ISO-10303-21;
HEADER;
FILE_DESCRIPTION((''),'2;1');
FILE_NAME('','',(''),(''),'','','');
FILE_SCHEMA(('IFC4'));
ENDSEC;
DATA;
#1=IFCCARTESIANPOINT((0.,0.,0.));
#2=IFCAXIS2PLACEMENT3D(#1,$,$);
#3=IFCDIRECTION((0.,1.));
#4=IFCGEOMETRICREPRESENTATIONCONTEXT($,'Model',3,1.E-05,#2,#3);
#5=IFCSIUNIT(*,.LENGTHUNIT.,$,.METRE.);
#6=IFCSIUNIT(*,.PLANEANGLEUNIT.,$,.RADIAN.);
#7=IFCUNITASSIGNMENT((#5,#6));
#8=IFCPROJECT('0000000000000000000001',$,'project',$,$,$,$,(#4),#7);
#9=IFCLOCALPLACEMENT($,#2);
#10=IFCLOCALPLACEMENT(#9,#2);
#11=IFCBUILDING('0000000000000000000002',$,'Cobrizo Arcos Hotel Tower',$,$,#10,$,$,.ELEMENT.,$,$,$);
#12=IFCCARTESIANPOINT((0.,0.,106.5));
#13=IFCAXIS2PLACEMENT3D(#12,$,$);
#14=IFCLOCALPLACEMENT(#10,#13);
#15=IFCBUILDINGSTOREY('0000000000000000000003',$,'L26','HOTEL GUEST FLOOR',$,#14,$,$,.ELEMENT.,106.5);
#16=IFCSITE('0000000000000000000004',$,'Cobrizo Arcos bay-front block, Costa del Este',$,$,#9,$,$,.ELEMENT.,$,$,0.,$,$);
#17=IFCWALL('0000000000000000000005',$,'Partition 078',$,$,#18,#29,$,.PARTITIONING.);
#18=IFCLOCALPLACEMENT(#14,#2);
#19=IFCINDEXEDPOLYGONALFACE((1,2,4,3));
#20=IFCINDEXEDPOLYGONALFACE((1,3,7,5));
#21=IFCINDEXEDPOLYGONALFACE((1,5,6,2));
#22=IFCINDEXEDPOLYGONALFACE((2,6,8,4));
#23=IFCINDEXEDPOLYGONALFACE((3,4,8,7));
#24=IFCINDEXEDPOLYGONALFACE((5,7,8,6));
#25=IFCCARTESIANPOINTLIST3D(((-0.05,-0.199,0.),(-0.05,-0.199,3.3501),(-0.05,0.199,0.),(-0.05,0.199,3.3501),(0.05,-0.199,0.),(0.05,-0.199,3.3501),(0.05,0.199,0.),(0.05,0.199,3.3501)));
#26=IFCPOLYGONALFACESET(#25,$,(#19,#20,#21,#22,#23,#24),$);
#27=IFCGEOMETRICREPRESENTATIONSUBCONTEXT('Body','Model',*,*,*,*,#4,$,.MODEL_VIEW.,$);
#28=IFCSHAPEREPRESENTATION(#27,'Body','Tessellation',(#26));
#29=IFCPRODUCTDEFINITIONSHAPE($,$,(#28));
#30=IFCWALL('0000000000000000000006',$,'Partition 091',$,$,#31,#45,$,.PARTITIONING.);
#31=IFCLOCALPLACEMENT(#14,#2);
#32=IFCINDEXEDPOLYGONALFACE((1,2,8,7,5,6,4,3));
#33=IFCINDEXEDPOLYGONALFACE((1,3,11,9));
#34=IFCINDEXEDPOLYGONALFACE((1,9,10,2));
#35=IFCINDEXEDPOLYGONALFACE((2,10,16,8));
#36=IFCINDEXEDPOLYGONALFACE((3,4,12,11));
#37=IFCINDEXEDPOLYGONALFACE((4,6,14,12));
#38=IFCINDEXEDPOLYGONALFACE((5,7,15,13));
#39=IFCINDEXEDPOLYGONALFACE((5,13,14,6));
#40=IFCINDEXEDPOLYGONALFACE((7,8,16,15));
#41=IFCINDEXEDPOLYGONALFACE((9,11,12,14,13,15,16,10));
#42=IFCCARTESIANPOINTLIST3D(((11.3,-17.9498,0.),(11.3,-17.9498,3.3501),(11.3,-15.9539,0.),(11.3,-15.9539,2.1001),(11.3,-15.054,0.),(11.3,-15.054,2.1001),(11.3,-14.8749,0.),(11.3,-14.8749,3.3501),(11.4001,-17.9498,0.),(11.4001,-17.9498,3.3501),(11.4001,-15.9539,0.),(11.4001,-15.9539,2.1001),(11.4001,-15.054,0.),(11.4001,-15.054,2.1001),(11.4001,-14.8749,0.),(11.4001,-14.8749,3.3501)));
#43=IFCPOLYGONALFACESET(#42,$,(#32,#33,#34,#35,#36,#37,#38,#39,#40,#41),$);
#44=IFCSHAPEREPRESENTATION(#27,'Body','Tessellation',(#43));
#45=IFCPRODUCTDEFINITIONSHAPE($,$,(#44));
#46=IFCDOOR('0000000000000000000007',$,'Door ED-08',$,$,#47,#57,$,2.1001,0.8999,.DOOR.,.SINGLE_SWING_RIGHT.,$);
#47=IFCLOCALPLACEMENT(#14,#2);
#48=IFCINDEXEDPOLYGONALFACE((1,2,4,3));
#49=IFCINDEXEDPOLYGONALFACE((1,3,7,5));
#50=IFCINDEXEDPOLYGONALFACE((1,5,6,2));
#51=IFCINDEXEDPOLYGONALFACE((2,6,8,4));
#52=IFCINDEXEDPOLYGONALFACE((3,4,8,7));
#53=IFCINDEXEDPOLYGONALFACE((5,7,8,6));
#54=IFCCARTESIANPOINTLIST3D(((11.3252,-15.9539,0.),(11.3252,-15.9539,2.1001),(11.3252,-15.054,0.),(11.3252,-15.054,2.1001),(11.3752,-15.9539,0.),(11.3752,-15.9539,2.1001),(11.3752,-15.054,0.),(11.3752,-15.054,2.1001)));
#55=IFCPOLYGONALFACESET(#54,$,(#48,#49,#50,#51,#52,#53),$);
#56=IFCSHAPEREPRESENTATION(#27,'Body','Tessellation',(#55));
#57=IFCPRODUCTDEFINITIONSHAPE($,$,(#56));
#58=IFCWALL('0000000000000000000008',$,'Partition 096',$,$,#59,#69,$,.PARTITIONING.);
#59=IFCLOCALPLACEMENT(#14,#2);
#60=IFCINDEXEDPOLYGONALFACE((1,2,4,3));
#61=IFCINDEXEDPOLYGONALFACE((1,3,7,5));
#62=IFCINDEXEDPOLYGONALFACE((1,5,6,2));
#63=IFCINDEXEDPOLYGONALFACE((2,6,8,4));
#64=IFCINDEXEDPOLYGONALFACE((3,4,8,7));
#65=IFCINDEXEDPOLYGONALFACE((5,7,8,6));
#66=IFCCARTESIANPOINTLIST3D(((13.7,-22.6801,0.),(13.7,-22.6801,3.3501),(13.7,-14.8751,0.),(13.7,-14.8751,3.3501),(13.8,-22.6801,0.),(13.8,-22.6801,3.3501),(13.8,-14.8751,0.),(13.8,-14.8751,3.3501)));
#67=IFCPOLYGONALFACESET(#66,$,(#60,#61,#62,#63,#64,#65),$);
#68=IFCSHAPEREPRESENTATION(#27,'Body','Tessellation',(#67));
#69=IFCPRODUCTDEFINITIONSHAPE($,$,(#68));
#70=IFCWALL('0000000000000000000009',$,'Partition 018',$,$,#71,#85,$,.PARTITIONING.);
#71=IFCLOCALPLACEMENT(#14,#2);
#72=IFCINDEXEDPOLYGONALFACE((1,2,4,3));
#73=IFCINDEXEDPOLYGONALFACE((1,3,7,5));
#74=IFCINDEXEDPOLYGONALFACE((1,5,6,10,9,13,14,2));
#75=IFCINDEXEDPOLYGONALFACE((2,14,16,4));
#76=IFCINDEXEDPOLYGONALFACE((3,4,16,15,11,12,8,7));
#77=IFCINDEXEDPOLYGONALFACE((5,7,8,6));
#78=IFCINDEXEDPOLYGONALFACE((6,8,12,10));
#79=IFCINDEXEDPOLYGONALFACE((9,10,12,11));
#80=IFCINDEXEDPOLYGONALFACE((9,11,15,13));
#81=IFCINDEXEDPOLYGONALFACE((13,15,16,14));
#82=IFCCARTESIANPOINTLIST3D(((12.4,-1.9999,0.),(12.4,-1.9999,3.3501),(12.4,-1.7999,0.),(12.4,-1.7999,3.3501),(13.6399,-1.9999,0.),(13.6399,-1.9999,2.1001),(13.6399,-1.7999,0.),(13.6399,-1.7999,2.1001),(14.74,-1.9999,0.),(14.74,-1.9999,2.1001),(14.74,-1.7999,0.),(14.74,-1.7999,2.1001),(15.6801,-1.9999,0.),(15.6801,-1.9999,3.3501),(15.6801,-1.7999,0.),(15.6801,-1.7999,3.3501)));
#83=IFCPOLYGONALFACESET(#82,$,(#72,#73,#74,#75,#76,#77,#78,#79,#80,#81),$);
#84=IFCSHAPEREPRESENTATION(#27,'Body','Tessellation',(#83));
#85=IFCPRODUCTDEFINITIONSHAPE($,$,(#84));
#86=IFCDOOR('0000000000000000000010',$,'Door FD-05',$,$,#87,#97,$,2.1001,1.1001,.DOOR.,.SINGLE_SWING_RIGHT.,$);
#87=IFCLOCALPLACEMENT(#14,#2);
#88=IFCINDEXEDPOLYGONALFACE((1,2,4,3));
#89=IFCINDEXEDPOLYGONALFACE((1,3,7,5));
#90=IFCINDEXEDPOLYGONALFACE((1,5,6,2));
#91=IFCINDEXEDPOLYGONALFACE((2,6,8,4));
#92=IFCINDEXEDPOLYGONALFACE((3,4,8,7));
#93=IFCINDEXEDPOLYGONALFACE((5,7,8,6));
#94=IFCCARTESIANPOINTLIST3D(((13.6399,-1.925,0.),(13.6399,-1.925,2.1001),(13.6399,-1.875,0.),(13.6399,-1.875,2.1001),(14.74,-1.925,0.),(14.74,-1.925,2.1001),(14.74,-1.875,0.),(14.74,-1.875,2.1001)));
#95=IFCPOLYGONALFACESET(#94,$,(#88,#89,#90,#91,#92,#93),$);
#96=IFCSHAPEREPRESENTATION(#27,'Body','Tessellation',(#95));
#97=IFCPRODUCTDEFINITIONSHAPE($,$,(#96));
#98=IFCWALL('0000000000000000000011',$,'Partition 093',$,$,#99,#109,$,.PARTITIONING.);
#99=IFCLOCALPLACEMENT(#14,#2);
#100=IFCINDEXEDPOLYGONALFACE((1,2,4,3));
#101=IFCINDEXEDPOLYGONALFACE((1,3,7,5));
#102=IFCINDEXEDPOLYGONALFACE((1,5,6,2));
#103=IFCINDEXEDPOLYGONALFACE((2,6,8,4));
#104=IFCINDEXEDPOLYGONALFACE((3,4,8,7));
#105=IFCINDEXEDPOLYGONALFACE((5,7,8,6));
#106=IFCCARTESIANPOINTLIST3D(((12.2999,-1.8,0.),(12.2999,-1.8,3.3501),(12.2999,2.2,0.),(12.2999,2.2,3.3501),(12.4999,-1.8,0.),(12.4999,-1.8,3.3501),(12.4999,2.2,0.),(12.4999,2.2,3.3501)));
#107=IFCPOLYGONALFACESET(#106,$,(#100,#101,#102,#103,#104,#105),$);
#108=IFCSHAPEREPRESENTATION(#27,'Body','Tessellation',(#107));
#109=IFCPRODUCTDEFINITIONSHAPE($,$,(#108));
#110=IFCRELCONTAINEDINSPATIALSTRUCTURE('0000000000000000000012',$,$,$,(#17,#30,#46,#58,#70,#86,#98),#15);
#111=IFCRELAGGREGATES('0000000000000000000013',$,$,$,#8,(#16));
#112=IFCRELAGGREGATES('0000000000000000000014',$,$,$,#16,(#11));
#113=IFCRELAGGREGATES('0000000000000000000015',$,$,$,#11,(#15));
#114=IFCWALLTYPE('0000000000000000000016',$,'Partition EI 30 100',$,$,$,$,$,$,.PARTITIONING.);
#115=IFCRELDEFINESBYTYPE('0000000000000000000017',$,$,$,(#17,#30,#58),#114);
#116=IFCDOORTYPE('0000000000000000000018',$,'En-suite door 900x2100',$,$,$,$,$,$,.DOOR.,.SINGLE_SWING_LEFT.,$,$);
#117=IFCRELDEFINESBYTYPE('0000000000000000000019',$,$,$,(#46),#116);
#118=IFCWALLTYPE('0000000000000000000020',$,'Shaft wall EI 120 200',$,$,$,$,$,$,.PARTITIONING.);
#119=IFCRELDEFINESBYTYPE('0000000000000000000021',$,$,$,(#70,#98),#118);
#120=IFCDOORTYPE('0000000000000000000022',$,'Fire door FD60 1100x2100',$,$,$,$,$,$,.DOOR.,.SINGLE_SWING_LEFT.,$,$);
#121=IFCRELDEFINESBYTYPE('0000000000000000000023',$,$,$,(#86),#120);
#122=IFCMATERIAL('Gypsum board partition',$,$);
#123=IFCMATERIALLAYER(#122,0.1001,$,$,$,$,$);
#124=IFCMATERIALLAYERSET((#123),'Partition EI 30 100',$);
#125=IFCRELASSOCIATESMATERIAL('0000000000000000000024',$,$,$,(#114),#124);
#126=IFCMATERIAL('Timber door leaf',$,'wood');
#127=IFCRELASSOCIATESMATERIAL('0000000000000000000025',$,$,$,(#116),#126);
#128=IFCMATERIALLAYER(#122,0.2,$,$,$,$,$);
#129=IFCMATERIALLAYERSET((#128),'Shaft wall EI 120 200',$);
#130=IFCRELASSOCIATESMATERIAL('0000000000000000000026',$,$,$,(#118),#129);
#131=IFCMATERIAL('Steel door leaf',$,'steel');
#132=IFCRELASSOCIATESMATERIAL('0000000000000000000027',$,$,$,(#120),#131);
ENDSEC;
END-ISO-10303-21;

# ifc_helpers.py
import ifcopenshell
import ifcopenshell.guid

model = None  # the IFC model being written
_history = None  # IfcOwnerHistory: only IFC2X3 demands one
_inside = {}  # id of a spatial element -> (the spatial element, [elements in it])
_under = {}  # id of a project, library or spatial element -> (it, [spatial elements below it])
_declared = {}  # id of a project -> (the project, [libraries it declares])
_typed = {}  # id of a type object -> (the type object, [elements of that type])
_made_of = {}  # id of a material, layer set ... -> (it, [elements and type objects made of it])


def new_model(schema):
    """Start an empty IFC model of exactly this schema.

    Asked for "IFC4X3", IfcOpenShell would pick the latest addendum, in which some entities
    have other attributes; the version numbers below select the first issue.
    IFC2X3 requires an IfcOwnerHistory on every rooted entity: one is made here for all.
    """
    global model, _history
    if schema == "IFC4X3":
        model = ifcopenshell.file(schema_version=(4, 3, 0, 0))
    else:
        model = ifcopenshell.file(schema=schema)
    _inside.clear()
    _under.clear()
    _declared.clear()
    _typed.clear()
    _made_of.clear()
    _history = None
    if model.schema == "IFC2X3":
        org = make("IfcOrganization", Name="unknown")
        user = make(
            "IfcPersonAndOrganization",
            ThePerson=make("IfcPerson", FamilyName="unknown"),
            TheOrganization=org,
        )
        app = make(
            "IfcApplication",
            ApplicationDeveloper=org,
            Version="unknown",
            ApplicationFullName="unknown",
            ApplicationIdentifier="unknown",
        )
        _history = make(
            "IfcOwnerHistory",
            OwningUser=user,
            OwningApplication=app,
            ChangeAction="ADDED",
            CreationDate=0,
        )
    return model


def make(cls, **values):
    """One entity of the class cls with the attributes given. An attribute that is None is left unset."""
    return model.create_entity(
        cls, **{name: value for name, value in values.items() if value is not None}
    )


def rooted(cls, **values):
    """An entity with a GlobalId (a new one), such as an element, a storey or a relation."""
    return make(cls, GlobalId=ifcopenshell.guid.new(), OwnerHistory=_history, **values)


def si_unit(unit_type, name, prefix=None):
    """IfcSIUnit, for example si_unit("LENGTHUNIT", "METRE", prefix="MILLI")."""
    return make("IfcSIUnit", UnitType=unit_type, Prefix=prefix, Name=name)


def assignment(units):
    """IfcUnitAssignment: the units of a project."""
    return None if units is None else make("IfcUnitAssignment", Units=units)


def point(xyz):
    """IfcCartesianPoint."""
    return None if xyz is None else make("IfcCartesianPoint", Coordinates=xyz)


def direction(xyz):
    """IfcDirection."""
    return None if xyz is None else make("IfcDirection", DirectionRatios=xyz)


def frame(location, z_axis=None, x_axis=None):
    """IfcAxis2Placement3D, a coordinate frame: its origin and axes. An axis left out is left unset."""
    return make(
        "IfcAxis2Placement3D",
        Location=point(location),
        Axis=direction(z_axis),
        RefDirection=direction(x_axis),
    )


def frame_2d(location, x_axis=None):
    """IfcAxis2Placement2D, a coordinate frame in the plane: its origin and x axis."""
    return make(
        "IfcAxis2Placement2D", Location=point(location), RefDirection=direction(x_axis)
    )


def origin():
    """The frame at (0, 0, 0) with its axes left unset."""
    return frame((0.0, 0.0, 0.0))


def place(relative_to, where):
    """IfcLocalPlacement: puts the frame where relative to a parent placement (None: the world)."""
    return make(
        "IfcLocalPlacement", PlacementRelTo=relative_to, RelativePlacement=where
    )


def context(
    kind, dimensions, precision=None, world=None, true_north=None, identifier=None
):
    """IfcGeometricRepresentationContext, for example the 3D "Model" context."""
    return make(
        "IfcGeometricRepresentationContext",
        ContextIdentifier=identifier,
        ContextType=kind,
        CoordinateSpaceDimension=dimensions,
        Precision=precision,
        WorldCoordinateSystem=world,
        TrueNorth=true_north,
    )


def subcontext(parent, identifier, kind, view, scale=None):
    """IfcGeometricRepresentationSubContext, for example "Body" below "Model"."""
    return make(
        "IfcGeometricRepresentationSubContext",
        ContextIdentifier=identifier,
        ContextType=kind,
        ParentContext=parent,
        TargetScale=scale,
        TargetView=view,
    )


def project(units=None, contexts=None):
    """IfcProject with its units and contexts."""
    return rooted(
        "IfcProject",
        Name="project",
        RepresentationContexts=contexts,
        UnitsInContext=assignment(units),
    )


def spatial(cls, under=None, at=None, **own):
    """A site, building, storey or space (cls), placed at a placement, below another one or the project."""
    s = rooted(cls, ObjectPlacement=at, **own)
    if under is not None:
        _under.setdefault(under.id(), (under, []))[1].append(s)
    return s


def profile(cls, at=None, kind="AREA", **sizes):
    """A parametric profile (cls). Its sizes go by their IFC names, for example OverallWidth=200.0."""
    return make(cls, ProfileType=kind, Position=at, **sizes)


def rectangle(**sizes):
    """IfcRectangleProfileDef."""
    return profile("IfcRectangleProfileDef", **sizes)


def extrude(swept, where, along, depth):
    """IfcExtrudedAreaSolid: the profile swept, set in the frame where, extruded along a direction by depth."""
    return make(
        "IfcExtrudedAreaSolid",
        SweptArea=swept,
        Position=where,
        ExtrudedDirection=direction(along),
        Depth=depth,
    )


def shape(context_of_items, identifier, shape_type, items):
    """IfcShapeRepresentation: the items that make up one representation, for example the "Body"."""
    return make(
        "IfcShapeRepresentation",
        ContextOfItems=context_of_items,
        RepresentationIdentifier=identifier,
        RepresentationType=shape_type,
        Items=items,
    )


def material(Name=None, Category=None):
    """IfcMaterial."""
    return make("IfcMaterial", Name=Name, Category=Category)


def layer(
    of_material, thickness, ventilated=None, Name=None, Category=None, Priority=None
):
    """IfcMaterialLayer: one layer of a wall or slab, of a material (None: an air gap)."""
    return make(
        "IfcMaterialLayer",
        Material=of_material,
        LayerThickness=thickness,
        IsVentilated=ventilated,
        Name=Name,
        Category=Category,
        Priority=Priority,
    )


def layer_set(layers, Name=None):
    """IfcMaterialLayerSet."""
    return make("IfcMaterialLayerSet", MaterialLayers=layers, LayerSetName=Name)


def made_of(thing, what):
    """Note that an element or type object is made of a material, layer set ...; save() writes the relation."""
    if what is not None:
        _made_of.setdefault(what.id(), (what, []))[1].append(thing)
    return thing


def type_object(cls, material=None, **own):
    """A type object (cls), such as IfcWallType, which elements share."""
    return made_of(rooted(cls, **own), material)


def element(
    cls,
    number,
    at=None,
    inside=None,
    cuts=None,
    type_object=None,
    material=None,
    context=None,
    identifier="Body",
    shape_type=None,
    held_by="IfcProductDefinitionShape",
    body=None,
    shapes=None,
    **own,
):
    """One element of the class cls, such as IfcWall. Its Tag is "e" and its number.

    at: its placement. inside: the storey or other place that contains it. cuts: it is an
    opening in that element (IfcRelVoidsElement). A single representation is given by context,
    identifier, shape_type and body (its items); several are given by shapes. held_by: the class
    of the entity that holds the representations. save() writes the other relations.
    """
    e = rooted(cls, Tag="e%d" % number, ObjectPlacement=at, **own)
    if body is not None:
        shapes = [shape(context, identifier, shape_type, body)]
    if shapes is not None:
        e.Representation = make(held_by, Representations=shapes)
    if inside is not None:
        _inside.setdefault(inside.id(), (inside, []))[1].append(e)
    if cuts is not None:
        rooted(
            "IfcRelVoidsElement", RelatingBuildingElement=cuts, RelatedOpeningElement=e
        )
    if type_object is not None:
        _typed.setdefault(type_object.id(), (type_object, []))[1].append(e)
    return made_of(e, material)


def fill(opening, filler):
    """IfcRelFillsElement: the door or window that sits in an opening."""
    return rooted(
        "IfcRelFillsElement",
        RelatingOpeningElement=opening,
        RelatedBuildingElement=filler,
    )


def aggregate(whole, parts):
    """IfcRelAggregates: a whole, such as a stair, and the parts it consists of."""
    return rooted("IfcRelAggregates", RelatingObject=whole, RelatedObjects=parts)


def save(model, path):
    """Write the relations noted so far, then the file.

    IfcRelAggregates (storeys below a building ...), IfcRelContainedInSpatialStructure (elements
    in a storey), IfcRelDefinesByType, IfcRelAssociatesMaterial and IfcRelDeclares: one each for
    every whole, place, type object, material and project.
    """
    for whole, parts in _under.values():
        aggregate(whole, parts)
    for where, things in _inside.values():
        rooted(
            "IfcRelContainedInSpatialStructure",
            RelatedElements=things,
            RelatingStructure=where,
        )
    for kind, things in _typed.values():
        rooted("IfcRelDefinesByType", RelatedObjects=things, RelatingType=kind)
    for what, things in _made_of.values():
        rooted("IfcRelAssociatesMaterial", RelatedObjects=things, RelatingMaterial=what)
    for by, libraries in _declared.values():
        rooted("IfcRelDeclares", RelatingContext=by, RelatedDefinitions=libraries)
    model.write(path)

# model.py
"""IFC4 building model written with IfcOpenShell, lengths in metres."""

from ifc_helpers import new_model, si_unit, direction, frame, frame_2d, origin, place, context, subcontext, project, spatial, rectangle, extrude, material, layer, layer_set, type_object, element, fill, save


model = new_model("IFC4")

# Units and contexts
model_context = context("Model", 3, precision=1e-05, world=origin(), true_north=direction((0.0, 1.0)))
body_context = subcontext(model_context, "Body", "Model", "MODEL_VIEW")
ifc_project = project(units=[si_unit("LENGTHUNIT", "METRE"), si_unit("PLANEANGLEUNIT", "RADIAN")], contexts=[model_context])

# Site, building, storey
site_placement = place(None, origin())
site = spatial("IfcSite", under=ifc_project, at=site_placement, Name="Cobrizo Arcos bay-front block, Costa del Este", CompositionType="ELEMENT", RefElevation=0.0)
building_placement = place(site_placement, origin())
building = spatial("IfcBuilding", under=site, at=building_placement, Name="Cobrizo Arcos Hotel Tower", CompositionType="ELEMENT")
storey_placement = place(building_placement, frame((0.0, 0.0, 106.5)))
storey = spatial("IfcBuildingStorey", under=building, at=storey_placement, Name="L26", Description="HOTEL GUEST FLOOR", CompositionType="ELEMENT", Elevation=106.5)

# Shared definitions
ifc_material_1 = material(Name="Gypsum board partition")

# Shared definitions
ifc_material_2 = material(Name="Timber door leaf", Category="wood")

# Wall
ifc_layer_1 = layer(ifc_material_1, 0.1001)
ifc_layer_set_1 = layer_set([ifc_layer_1], Name="Partition EI 30 100")
wall_type_1 = type_object("IfcWallType", Name="Partition EI 30 100", PredefinedType="PARTITIONING", material=ifc_layer_set_1)
wall_1_placement = place(storey_placement, frame((0.0, -0.199, 0.0), z_axis=(0.0, 0.0, 1.0), x_axis=(0.0, 1.0, 0.0)))
element("IfcWall", 1, at=wall_1_placement, inside=storey, type_object=wall_type_1, Name="Partition 078", PredefinedType="PARTITIONING", context=body_context, shape_type="SweptSolid", body=[
    extrude(rectangle(XDim=0.3979, YDim=0.1001, at=frame_2d((0.199, 0.0))), origin(), (0.0, 0.0, 1.0), 3.3501),
])

# Wall, opening, door
wall_2_placement = place(storey_placement, frame((11.3501, -17.95, 0.0), z_axis=(0.0, 0.0, 1.0), x_axis=(0.0, 1.0, 0.0)))
wall_2 = element("IfcWall", 2, at=wall_2_placement, inside=storey, type_object=wall_type_1, Name="Partition 091", PredefinedType="PARTITIONING", context=body_context, shape_type="SweptSolid", body=[
    extrude(rectangle(XDim=3.075, YDim=0.1001, at=frame_2d((1.5376, 0.0))), origin(), (0.0, 0.0, 1.0), 3.3501),
])
opening_1_placement = place(wall_2_placement, frame((1.9961, 0.0, 0.0)))
opening_1 = element("IfcOpeningElement", 3, at=opening_1_placement, cuts=wall_2, PredefinedType="OPENING", context=body_context, shape_type="SweptSolid", body=[
    extrude(rectangle(XDim=0.8999, YDim=2.1001, at=frame_2d((0.45, 1.05))), frame((0.0, 0.062, 0.0), z_axis=(0.0, -1.0, 0.0), x_axis=(1.0, 0.0, 0.0)), (0.0, 0.0, 1.0), 0.124),
])
door_type_1 = type_object("IfcDoorType", Name="En-suite door 900x2100", OperationType="SINGLE_SWING_LEFT", PredefinedType="DOOR", material=ifc_material_2)
door_1_placement = place(opening_1_placement, origin())
door_1 = element("IfcDoor", 4, at=door_1_placement, inside=storey, type_object=door_type_1, Name="Door ED-08", OperationType="SINGLE_SWING_RIGHT", OverallHeight=2.1001, OverallWidth=0.8999, PredefinedType="DOOR", context=body_context, shape_type="SweptSolid", body=[
    extrude(rectangle(XDim=0.8999, YDim=2.1001, at=frame_2d((0.45, 1.05))), frame((0.0, 0.0249, 0.0), z_axis=(0.0, -1.0, 0.0), x_axis=(1.0, 0.0, 0.0)), (0.0, 0.0, 1.0), 0.05),
])
fill(opening_1, door_1)

# Wall
wall_3_placement = place(storey_placement, frame((13.75, -22.6799, 0.0), z_axis=(0.0, 0.0, 1.0), x_axis=(0.0, 1.0, 0.0)))
element("IfcWall", 5, at=wall_3_placement, inside=storey, type_object=wall_type_1, Name="Partition 096", PredefinedType="PARTITIONING", context=body_context, shape_type="SweptSolid", body=[
    extrude(rectangle(XDim=7.8049, YDim=0.1001, at=frame_2d((3.9023, 0.0))), origin(), (0.0, 0.0, 1.0), 3.3501),
])

# Wall, opening, door
ifc_layer_2 = layer(ifc_material_1, 0.2)
ifc_layer_set_2 = layer_set([ifc_layer_2], Name="Shaft wall EI 120 200")
wall_type_2 = type_object("IfcWallType", Name="Shaft wall EI 120 200", PredefinedType="PARTITIONING", material=ifc_layer_set_2)
wall_4_placement = place(storey_placement, frame((12.3999, -1.8999, 0.0), z_axis=(0.0, 0.0, 1.0), x_axis=(1.0, 0.0, 0.0)))
wall_4 = element("IfcWall", 6, at=wall_4_placement, inside=storey, type_object=wall_type_2, Name="Partition 018", PredefinedType="PARTITIONING", context=body_context, shape_type="SweptSolid", body=[
    extrude(rectangle(XDim=3.28, YDim=0.2, at=frame_2d((1.6401, 0.0))), origin(), (0.0, 0.0, 1.0), 3.3501),
])
opening_2_placement = place(wall_4_placement, frame((1.24, 0.0, 0.0)))
opening_2 = element("IfcOpeningElement", 7, at=opening_2_placement, cuts=wall_4, PredefinedType="OPENING", context=body_context, shape_type="SweptSolid", body=[
    extrude(rectangle(XDim=1.1001, YDim=2.1001, at=frame_2d((0.55, 1.05))), frame((0.0, 0.1121, 0.0), z_axis=(0.0, -1.0, 0.0), x_axis=(1.0, 0.0, 0.0)), (0.0, 0.0, 1.0), 0.2239),
])
ifc_material_3 = material(Name="Steel door leaf", Category="steel")
door_type_2 = type_object("IfcDoorType", Name="Fire door FD60 1100x2100", OperationType="SINGLE_SWING_LEFT", PredefinedType="DOOR", material=ifc_material_3)
door_2_placement = place(opening_2_placement, origin())
door_2 = element("IfcDoor", 8, at=door_2_placement, inside=storey, type_object=door_type_2, Name="Door FD-05", OperationType="SINGLE_SWING_RIGHT", OverallHeight=2.1001, OverallWidth=1.1001, PredefinedType="DOOR", context=body_context, shape_type="SweptSolid", body=[
    extrude(rectangle(XDim=1.1001, YDim=2.1001, at=frame_2d((0.55, 1.05))), frame((0.0, 0.0249, 0.0), z_axis=(0.0, -1.0, 0.0), x_axis=(1.0, 0.0, 0.0)), (0.0, 0.0, 1.0), 0.05),
])
fill(opening_2, door_2)

# Wall
wall_5_placement = place(storey_placement, frame((12.3999, -1.8, 0.0), z_axis=(0.0, 0.0, 1.0), x_axis=(0.0, 1.0, 0.0)))
element("IfcWall", 9, at=wall_5_placement, inside=storey, type_object=wall_type_2, Name="Partition 093", PredefinedType="PARTITIONING", context=body_context, shape_type="SweptSolid", body=[
    extrude(rectangle(XDim=4.0, YDim=0.2, at=frame_2d((2.0, 0.0))), origin(), (0.0, 0.0, 1.0), 3.3501),
])

save(model, "model.ifc")
